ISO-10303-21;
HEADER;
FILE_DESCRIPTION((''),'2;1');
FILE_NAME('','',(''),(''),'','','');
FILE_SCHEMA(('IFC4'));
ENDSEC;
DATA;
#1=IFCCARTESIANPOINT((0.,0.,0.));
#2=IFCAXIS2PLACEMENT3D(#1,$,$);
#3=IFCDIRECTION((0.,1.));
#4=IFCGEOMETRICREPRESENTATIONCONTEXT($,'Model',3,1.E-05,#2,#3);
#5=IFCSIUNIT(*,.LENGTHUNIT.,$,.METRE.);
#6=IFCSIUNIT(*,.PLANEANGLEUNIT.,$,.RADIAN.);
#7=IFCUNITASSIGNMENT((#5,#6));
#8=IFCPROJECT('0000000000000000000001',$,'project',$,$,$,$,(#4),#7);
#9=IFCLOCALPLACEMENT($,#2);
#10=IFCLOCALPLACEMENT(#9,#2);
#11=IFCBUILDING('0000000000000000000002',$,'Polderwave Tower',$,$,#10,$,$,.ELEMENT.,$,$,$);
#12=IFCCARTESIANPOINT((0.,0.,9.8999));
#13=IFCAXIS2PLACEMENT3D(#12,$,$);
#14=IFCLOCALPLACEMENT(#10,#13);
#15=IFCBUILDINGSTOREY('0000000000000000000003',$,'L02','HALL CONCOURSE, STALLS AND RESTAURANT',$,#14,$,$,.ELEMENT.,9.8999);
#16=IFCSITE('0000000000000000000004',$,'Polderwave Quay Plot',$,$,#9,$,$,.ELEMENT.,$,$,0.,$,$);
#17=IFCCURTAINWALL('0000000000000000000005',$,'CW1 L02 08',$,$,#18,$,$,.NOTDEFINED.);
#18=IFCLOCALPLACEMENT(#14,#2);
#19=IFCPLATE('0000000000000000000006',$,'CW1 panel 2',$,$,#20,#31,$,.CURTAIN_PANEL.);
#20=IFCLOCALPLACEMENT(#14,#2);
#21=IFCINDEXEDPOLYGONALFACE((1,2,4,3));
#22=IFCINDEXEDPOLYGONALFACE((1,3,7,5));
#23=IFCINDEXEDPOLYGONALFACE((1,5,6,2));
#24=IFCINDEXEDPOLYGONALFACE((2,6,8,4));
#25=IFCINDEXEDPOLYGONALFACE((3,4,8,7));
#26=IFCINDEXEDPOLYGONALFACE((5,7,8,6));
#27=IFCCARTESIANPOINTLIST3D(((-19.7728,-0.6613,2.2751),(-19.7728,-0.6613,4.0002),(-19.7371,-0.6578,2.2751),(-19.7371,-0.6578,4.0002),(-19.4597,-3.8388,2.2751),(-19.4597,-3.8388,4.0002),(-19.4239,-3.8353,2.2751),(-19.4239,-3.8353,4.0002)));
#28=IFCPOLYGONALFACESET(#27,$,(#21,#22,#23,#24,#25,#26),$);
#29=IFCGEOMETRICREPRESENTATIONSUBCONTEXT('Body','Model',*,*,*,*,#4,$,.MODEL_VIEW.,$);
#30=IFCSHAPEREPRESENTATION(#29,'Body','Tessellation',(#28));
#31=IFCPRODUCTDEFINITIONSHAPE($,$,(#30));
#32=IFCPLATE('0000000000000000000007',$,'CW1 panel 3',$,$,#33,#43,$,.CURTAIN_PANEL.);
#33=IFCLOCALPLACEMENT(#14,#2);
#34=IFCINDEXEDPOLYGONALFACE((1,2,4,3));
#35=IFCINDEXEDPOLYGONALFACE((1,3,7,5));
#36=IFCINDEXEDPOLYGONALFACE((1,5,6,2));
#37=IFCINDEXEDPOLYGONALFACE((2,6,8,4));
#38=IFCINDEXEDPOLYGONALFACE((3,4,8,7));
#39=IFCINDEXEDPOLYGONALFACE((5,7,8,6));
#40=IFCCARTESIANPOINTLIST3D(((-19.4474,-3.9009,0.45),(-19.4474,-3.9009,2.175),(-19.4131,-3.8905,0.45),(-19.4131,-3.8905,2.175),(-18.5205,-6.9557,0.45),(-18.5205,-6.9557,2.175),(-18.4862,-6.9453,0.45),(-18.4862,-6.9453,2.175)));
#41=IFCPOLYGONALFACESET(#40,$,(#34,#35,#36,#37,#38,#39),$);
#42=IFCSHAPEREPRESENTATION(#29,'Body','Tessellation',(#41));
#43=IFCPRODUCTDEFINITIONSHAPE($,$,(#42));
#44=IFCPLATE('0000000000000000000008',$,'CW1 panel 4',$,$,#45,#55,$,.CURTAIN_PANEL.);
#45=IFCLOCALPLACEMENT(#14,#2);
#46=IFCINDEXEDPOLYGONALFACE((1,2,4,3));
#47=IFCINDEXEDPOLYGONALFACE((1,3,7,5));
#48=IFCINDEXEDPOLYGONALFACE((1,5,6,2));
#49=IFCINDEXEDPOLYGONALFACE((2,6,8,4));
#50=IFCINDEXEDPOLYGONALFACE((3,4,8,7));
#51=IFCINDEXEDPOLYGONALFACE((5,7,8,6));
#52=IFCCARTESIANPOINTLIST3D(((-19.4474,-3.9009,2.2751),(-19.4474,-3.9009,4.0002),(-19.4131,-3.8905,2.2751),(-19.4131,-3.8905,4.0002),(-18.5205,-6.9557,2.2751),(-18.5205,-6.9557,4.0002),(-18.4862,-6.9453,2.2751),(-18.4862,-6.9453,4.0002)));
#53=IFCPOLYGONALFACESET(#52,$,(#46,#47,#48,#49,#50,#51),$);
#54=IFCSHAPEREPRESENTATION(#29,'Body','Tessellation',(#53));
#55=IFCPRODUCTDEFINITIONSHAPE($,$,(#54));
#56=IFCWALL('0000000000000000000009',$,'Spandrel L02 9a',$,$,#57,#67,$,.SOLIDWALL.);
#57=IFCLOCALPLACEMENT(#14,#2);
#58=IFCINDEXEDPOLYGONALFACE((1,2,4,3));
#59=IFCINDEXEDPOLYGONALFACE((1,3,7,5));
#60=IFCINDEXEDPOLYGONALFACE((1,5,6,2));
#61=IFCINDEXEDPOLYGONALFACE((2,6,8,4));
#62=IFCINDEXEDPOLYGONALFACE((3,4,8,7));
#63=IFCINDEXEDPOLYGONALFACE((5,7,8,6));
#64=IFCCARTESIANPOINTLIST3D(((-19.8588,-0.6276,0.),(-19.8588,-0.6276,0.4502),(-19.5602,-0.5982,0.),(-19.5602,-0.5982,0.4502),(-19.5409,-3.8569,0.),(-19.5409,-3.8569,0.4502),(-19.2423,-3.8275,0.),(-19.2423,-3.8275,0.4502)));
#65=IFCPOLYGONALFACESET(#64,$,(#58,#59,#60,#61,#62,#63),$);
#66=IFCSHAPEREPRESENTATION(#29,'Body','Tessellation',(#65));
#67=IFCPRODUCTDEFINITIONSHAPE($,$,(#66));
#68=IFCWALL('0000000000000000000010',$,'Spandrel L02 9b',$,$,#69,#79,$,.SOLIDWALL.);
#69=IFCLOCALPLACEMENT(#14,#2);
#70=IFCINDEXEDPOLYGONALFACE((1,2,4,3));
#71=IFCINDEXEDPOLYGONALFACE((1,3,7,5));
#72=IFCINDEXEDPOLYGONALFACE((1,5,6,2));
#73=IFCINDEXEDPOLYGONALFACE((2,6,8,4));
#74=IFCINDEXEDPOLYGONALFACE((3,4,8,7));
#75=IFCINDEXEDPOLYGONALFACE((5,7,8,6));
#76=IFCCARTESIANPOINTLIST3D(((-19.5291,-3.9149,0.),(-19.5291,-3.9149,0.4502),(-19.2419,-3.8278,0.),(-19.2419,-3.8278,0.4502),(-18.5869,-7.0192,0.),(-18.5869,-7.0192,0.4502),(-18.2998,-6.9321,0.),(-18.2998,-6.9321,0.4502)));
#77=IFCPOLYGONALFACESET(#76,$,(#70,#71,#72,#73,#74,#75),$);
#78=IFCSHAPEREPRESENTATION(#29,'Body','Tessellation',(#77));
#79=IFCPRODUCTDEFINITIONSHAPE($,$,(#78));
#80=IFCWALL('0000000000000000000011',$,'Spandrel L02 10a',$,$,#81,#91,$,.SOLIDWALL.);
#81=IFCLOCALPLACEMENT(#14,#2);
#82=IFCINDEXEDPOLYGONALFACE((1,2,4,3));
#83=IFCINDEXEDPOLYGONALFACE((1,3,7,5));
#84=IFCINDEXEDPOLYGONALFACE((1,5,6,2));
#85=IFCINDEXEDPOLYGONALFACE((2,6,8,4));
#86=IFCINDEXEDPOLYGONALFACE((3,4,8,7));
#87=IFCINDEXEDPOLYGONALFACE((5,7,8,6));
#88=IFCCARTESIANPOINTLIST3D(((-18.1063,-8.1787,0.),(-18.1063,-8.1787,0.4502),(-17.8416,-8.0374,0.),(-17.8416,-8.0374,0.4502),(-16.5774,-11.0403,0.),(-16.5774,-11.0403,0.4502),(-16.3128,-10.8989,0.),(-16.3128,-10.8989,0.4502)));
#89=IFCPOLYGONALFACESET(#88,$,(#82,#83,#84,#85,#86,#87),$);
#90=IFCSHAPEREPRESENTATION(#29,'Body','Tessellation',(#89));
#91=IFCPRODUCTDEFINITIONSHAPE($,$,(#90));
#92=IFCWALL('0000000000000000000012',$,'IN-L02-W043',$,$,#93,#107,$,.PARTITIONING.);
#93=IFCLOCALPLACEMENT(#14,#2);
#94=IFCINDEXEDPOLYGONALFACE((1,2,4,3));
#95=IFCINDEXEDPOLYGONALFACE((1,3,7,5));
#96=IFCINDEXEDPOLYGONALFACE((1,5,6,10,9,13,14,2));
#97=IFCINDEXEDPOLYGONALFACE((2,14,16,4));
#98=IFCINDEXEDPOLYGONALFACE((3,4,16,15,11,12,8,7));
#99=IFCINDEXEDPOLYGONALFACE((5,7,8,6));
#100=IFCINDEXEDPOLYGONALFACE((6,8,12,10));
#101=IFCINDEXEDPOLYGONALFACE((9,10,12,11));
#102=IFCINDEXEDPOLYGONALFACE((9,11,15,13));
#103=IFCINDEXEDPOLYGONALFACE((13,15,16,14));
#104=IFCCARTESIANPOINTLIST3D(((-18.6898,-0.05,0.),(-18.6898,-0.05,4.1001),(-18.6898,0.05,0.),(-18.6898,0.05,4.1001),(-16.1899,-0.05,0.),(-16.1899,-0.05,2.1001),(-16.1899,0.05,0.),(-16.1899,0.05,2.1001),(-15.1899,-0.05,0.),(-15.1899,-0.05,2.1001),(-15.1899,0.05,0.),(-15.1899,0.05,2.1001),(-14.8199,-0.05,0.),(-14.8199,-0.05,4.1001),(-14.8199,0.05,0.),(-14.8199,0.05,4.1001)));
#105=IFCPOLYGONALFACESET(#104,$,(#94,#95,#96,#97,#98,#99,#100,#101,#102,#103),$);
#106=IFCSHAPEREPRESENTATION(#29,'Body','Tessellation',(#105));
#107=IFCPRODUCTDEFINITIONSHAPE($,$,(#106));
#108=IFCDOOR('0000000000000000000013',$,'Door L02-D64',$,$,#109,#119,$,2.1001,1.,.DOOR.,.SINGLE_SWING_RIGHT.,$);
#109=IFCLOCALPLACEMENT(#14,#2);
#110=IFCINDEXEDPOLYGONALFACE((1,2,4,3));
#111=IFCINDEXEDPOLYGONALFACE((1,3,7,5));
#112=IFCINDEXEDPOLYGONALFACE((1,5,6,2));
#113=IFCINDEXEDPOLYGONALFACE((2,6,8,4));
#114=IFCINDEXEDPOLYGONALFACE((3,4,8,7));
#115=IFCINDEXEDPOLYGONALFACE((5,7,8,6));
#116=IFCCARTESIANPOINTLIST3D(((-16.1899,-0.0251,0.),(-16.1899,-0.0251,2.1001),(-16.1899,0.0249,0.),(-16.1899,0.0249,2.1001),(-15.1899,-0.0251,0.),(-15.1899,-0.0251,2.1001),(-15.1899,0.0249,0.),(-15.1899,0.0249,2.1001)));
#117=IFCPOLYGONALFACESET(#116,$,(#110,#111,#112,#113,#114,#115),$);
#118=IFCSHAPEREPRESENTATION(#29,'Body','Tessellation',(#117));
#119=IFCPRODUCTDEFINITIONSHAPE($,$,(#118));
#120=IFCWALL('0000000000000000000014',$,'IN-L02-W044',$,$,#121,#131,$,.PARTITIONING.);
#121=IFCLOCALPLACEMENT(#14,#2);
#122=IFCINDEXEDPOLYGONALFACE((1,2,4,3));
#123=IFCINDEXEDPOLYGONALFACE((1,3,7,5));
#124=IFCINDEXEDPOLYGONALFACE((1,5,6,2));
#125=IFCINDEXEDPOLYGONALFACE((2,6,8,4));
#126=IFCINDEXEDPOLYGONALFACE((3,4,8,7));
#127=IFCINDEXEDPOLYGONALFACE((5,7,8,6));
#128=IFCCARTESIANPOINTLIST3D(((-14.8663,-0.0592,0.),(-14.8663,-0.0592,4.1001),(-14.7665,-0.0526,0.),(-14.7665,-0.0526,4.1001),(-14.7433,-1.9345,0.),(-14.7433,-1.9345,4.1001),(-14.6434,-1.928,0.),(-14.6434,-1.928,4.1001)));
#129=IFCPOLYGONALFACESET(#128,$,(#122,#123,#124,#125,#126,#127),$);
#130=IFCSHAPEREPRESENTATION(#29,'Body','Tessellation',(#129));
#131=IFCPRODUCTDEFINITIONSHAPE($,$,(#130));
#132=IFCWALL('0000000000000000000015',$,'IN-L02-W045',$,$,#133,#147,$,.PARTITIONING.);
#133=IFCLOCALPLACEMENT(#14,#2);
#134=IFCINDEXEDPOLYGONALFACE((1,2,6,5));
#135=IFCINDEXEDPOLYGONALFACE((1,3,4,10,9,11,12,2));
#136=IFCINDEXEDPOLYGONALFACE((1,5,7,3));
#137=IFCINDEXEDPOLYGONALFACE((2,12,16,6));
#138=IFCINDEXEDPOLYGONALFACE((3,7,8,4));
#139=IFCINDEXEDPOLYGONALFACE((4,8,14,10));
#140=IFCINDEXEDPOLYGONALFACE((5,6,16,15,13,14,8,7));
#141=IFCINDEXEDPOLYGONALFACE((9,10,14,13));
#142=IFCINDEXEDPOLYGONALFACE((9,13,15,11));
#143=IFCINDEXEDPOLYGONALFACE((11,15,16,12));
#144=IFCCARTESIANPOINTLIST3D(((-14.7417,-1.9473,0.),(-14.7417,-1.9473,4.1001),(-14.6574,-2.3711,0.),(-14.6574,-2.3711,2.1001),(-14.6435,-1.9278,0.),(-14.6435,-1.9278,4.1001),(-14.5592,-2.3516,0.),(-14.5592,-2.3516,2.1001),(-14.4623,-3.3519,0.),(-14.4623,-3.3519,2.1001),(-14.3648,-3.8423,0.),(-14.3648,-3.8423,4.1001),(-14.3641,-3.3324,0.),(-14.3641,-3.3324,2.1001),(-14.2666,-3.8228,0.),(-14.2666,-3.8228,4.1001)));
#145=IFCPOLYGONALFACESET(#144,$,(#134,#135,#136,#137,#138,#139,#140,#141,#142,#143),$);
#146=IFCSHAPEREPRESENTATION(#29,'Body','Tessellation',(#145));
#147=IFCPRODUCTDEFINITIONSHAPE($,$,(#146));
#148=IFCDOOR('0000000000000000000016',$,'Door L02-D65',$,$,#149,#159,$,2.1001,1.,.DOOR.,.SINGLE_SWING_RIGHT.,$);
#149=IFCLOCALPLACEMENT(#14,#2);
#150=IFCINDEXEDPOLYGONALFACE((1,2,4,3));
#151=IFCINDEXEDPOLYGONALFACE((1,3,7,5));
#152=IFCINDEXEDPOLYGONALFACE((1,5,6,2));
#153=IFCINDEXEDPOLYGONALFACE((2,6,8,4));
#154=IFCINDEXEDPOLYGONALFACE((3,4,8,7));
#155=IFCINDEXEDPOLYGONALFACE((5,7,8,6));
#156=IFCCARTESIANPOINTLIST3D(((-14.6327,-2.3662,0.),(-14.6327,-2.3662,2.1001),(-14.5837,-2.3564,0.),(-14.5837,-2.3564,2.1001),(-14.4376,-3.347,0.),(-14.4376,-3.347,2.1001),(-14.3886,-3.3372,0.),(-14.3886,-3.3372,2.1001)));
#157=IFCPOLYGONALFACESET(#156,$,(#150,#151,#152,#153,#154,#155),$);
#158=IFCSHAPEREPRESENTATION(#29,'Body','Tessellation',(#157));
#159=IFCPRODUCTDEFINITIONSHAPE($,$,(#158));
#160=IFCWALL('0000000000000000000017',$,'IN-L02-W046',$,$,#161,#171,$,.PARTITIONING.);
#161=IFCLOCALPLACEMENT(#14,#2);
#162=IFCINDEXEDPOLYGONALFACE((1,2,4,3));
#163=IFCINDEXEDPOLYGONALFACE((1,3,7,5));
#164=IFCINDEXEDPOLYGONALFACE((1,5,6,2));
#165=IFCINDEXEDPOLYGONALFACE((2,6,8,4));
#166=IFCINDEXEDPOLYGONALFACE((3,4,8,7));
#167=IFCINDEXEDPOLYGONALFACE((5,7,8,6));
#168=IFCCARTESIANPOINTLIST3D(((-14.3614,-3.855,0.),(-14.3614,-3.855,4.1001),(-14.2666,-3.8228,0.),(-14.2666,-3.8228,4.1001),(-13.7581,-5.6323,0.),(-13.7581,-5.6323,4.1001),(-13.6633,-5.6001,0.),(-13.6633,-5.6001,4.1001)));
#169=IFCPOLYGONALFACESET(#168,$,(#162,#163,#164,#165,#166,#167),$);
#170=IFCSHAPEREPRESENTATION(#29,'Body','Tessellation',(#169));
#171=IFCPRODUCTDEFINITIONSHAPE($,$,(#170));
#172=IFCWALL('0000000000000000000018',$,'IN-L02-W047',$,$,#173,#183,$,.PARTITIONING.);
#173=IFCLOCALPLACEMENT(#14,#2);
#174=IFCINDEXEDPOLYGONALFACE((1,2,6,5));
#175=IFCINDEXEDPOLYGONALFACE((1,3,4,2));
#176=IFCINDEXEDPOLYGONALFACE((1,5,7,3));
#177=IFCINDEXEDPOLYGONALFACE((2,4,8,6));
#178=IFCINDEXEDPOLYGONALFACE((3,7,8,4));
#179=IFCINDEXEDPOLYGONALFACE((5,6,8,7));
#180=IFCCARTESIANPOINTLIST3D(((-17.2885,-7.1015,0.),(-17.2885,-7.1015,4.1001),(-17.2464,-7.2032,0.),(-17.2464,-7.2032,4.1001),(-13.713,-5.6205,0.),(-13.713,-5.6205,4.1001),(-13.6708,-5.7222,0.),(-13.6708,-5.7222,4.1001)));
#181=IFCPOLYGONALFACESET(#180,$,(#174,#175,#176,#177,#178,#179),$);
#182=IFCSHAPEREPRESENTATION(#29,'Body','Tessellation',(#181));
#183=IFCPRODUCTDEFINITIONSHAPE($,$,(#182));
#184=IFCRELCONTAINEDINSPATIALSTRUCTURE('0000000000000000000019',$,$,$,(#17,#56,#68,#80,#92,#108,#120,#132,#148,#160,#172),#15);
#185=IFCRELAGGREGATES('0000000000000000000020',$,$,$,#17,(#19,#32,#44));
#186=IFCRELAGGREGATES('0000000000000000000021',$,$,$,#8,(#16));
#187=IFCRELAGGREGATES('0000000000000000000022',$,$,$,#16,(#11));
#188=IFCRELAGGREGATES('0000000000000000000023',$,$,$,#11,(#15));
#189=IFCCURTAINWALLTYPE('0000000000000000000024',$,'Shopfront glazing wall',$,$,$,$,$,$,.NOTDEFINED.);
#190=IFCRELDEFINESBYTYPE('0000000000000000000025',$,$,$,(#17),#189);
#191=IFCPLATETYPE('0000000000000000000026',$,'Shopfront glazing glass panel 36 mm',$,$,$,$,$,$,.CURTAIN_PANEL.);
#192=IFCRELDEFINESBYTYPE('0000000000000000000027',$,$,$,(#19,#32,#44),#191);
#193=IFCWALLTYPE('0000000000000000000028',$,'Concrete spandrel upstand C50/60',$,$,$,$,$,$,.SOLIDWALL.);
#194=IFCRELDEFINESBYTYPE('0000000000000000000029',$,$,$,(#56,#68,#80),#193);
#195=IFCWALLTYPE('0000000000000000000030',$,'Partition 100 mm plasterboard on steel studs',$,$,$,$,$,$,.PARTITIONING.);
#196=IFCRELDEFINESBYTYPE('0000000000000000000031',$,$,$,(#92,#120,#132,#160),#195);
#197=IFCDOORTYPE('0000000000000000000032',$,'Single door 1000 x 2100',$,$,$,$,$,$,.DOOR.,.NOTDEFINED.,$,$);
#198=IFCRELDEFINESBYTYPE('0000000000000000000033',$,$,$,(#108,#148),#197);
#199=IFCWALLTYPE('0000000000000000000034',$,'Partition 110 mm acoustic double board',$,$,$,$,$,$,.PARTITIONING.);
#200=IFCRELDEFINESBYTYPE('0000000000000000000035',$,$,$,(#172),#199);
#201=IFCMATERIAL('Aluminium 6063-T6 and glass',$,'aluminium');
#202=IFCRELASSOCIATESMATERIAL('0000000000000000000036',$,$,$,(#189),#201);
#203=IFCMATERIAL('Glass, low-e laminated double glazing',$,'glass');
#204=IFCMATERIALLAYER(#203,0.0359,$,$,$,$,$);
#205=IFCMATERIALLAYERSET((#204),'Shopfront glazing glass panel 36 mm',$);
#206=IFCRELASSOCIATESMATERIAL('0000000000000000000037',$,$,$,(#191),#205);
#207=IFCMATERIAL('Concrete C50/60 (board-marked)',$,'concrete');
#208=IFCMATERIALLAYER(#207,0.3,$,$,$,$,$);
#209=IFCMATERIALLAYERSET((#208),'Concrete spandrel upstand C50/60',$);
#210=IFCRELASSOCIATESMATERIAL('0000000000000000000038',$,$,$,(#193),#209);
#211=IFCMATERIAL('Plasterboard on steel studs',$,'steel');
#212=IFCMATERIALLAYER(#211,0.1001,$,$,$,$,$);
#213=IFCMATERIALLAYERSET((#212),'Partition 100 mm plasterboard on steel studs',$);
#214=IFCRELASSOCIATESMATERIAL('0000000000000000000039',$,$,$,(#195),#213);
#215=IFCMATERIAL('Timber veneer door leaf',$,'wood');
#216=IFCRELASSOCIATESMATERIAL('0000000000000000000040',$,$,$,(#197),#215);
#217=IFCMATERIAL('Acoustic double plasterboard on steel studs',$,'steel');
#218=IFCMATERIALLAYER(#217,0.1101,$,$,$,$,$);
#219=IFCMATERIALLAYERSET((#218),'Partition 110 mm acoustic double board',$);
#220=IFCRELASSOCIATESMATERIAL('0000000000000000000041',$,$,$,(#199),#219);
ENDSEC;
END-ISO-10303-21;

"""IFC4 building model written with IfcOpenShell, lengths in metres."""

from ifc_helpers import new_model, si_unit, direction, frame, frame_2d, origin, origin_2d, place, context, subcontext, project, spatial, rectangle, extrude, material, layer, layer_set, type_object, element, fill, aggregate, save


model = new_model("IFC4")

# Units and contexts
model_context = context("Model", 3, precision=1e-05, world=origin(), true_north=direction((0.0, 1.0)))
body_context = subcontext(model_context, "Body", "Model", "MODEL_VIEW")
ifc_project = project(units=[si_unit("LENGTHUNIT", "METRE"), si_unit("PLANEANGLEUNIT", "RADIAN")], contexts=[model_context])

# Site, building, storey
site_placement = place(None, origin())
site = spatial("IfcSite", under=ifc_project, at=site_placement, Name="Polderwave Quay Plot", CompositionType="ELEMENT", RefElevation=0.0)
building_placement = place(site_placement, origin())
building = spatial("IfcBuilding", under=site, at=building_placement, Name="Polderwave Tower", CompositionType="ELEMENT")
storey_placement = place(building_placement, frame((0.0, 0.0, 9.8999)))
storey = spatial("IfcBuildingStorey", under=building, at=storey_placement, Name="L02", Description="HALL CONCOURSE, STALLS AND RESTAURANT", CompositionType="ELEMENT", Elevation=9.8999)

# Curtain wall
ifc_material_1 = material(Name="Aluminium 6063-T6 and glass", Category="aluminium")
curtain_wall_type = type_object("IfcCurtainWallType", Name="Shopfront glazing wall", PredefinedType="NOTDEFINED", material=ifc_material_1)
curtain_wall_1_placement = place(storey_placement, origin())
curtain_wall_1 = element("IfcCurtainWall", 1, at=curtain_wall_1_placement, inside=storey, type_object=curtain_wall_type, Name="CW1 L02 08", PredefinedType="NOTDEFINED")

# Plates
ifc_material_2 = material(Name="Glass, low-e laminated double glazing", Category="glass")
ifc_layer_1 = layer(ifc_material_2, 0.0359)
ifc_layer_set_1 = layer_set([ifc_layer_1], Name="Shopfront glazing glass panel 36 mm")
plate_type = type_object("IfcPlateType", Name="Shopfront glazing glass panel 36 mm", PredefinedType="CURTAIN_PANEL", material=ifc_layer_set_1)
plate_1_placement = place(storey_placement, frame((-19.5984, -2.2483, 2.2751), z_axis=(0.0, 0.0, 1.0), x_axis=(0.098087, -0.995178, 0.0)))
plate_1 = element("IfcPlate", 2, at=plate_1_placement, type_object=plate_type, Name="CW1 panel 2", PredefinedType="CURTAIN_PANEL", context=body_context, shape_type="SweptSolid", body=[
    extrude(rectangle(XDim=3.1929, YDim=0.0359, at=origin_2d()), origin(), (0.0, 0.0, 1.0), 1.7251),
])
plate_2_placement = place(storey_placement, frame((-18.9668, -5.4231, 0.45), z_axis=(0.0, 0.0, 1.0), x_axis=(0.290336, -0.956925, 0.0)))
plate_2 = element("IfcPlate", 3, at=plate_2_placement, type_object=plate_type, Name="CW1 panel 3", PredefinedType="CURTAIN_PANEL", context=body_context, shape_type="SweptSolid", body=[
    extrude(rectangle(XDim=3.1924, YDim=0.0359, at=origin_2d()), origin(), (0.0, 0.0, 1.0), 1.7251),
])
plate_3_placement = place(storey_placement, frame((-18.9668, -5.4231, 2.2751), z_axis=(0.0, 0.0, 1.0), x_axis=(0.290336, -0.956925, 0.0)))
plate_3 = element("IfcPlate", 4, at=plate_3_placement, type_object=plate_type, Name="CW1 panel 4", PredefinedType="CURTAIN_PANEL", context=body_context, shape_type="SweptSolid", body=[
    extrude(rectangle(XDim=3.1924, YDim=0.0359, at=origin_2d()), origin(), (0.0, 0.0, 1.0), 1.7251),
])
aggregate(curtain_wall_1, [plate_1, plate_2, plate_3])

# Walls
ifc_material_3 = material(Name="Concrete C50/60 (board-marked)", Category="concrete")
ifc_layer_2 = layer(ifc_material_3, 0.3)
ifc_layer_set_2 = layer_set([ifc_layer_2], Name="Concrete spandrel upstand C50/60")
wall_type_1 = type_object("IfcWallType", Name="Concrete spandrel upstand C50/60", PredefinedType="SOLIDWALL", material=ifc_layer_set_2)
wall_1_placement = place(storey_placement, frame((-19.7095, -0.6128, 0.0), z_axis=(0.0, 0.0, 1.0), x_axis=(0.097962, -0.99519, 0.0)))
element("IfcWall", 5, at=wall_1_placement, inside=storey, type_object=wall_type_1, Name="Spandrel L02 9a", PredefinedType="SOLIDWALL", context=body_context, shape_type="SweptSolid", body=[
    extrude(rectangle(XDim=3.2449, YDim=0.3, at=frame_2d((1.6226, 0.0))), origin(), (0.0, 0.0, 1.0), 0.4502),
])
wall_2_placement = place(storey_placement, frame((-19.3855, -3.8713, 0.0), z_axis=(0.0, 0.0, 1.0), x_axis=(0.290419, -0.9569, 0.0)))
element("IfcWall", 6, at=wall_2_placement, inside=storey, type_object=wall_type_1, Name="Spandrel L02 9b", PredefinedType="SOLIDWALL", context=body_context, shape_type="SweptSolid", body=[
    extrude(rectangle(XDim=3.2441, YDim=0.3, at=frame_2d((1.6221, 0.0))), origin(), (0.0, 0.0, 1.0), 0.4502),
])
wall_3_placement = place(storey_placement, frame((-17.9739, -8.1082, 0.0), z_axis=(0.0, 0.0, 1.0), x_axis=(0.471221, -0.882015, 0.0)))
element("IfcWall", 7, at=wall_3_placement, inside=storey, type_object=wall_type_1, Name="Spandrel L02 10a", PredefinedType="SOLIDWALL", context=body_context, shape_type="SweptSolid", body=[
    extrude(rectangle(XDim=3.2444, YDim=0.3, at=frame_2d((1.6221, 0.0))), origin(), (0.0, 0.0, 1.0), 0.4502),
])

# Wall, opening, door
ifc_material_4 = material(Name="Plasterboard on steel studs", Category="steel")
ifc_layer_3 = layer(ifc_material_4, 0.1001)
ifc_layer_set_3 = layer_set([ifc_layer_3], Name="Partition 100 mm plasterboard on steel studs")
wall_type_2 = type_object("IfcWallType", Name="Partition 100 mm plasterboard on steel studs", PredefinedType="PARTITIONING", material=ifc_layer_set_3)
wall_4_placement = place(storey_placement, frame((-18.6899, 0.0, 0.0), z_axis=(0.0, 0.0, 1.0), x_axis=(1.0, 0.0, 0.0)))
wall_4 = element("IfcWall", 8, at=wall_4_placement, inside=storey, type_object=wall_type_2, Name="IN-L02-W043", PredefinedType="PARTITIONING", context=body_context, shape_type="SweptSolid", body=[
    extrude(rectangle(XDim=3.8699, YDim=0.1001, at=frame_2d((1.9351, 0.0))), origin(), (0.0, 0.0, 1.0), 4.1001),
])
opening_1_placement = place(wall_4_placement, frame((2.5, 0.0, 0.0)))
opening_1 = element("IfcOpeningElement", 9, at=opening_1_placement, cuts=wall_4, PredefinedType="OPENING", context=body_context, shape_type="SweptSolid", body=[
    extrude(rectangle(XDim=1.0, YDim=2.1001, at=frame_2d((0.5, 1.05))), frame((0.0, 0.0601, 0.0), z_axis=(0.0, -1.0, 0.0), x_axis=(1.0, 0.0, 0.0)), (0.0, 0.0, 1.0), 0.1201),
])
ifc_material_5 = material(Name="Timber veneer door leaf", Category="wood")
door_type = type_object("IfcDoorType", Name="Single door 1000 x 2100", OperationType="NOTDEFINED", PredefinedType="DOOR", material=ifc_material_5)
door_1_placement = place(opening_1_placement, origin())
door_1 = element("IfcDoor", 10, at=door_1_placement, inside=storey, type_object=door_type, Name="Door L02-D64", OperationType="SINGLE_SWING_RIGHT", OverallHeight=2.1001, OverallWidth=1.0, PredefinedType="DOOR", context=body_context, shape_type="SweptSolid", body=[
    extrude(rectangle(XDim=1.0, YDim=2.1001, at=frame_2d((0.5, 1.05))), frame((0.0, 0.0249, 0.0), z_axis=(0.0, -1.0, 0.0), x_axis=(1.0, 0.0, 0.0)), (0.0, 0.0, 1.0), 0.05),
])
fill(opening_1, door_1)

# Wall
wall_5_placement = place(storey_placement, frame((-14.8164, -0.0559, 0.0), z_axis=(0.0, 0.0, 1.0), x_axis=(0.065476, -0.997854, 0.0)))
element("IfcWall", 11, at=wall_5_placement, inside=storey, type_object=wall_type_2, Name="IN-L02-W044", PredefinedType="PARTITIONING", context=body_context, shape_type="SweptSolid", body=[
    extrude(rectangle(XDim=1.8794, YDim=0.1001, at=frame_2d((0.9397, 0.0))), origin(), (0.0, 0.0, 1.0), 4.1001),
])

# Wall, opening, door
wall_6_placement = place(storey_placement, frame((-14.3157, -3.8325, 0.0), z_axis=(0.0, 0.0, 1.0), x_axis=(-0.195095, 0.980784, 0.0)))
wall_6 = element("IfcWall", 12, at=wall_6_placement, inside=storey, type_object=wall_type_2, Name="IN-L02-W045", PredefinedType="PARTITIONING", context=body_context, shape_type="SweptSolid", body=[
    extrude(rectangle(XDim=1.9321, YDim=0.1001, at=frame_2d((0.9661, 0.0))), origin(), (0.0, 0.0, 1.0), 4.1001),
])
opening_2_placement = place(wall_6_placement, frame((0.5, 0.0, 0.0)))
opening_2 = element("IfcOpeningElement", 13, at=opening_2_placement, cuts=wall_6, PredefinedType="OPENING", context=body_context, shape_type="SweptSolid", body=[
    extrude(rectangle(XDim=1.0, YDim=2.1001, at=frame_2d((0.5, 1.05))), frame((0.0, 0.0601, 0.0), z_axis=(0.0, -1.0, 0.0), x_axis=(1.0, 0.0, 0.0)), (0.0, 0.0, 1.0), 0.1201),
])
door_2_placement = place(opening_2_placement, origin())
door_2 = element("IfcDoor", 14, at=door_2_placement, inside=storey, type_object=door_type, Name="Door L02-D65", OperationType="SINGLE_SWING_RIGHT", OverallHeight=2.1001, OverallWidth=1.0, PredefinedType="DOOR", context=body_context, shape_type="SweptSolid", body=[
    extrude(rectangle(XDim=1.0, YDim=2.1001, at=frame_2d((0.5, 1.05))), frame((0.0, 0.0249, 0.0), z_axis=(0.0, -1.0, 0.0), x_axis=(1.0, 0.0, 0.0)), (0.0, 0.0, 1.0), 0.05),
])
fill(opening_2, door_2)

# Walls
wall_7_placement = place(storey_placement, frame((-14.314, -3.8389, 0.0), z_axis=(0.0, 0.0, 1.0), x_axis=(0.321413, -0.946939, 0.0)))
element("IfcWall", 15, at=wall_7_placement, inside=storey, type_object=wall_type_2, Name="IN-L02-W046", PredefinedType="PARTITIONING", context=body_context, shape_type="SweptSolid", body=[
    extrude(rectangle(XDim=1.877, YDim=0.1001, at=frame_2d((0.9385, 0.0))), origin(), (0.0, 0.0, 1.0), 4.1001),
])
ifc_material_6 = material(Name="Acoustic double plasterboard on steel studs", Category="steel")
ifc_layer_4 = layer(ifc_material_6, 0.1101)
ifc_layer_set_4 = layer_set([ifc_layer_4], Name="Partition 110 mm acoustic double board")
wall_type_3 = type_object("IfcWallType", Name="Partition 110 mm acoustic double board", PredefinedType="PARTITIONING", material=ifc_layer_set_4)
wall_8_placement = place(storey_placement, frame((-13.6919, -5.6714, 0.0), z_axis=(0.0, 0.0, 1.0), x_axis=(-0.923883, -0.382675, 0.0)))
element("IfcWall", 16, at=wall_8_placement, inside=storey, type_object=wall_type_3, Name="IN-L02-W047", PredefinedType="PARTITIONING", context=body_context, shape_type="SweptSolid", body=[
    extrude(rectangle(XDim=3.8701, YDim=0.1101, at=frame_2d((1.9351, 0.0))), origin(), (0.0, 0.0, 1.0), 4.1001),
])

save(model, "model.ifc")
